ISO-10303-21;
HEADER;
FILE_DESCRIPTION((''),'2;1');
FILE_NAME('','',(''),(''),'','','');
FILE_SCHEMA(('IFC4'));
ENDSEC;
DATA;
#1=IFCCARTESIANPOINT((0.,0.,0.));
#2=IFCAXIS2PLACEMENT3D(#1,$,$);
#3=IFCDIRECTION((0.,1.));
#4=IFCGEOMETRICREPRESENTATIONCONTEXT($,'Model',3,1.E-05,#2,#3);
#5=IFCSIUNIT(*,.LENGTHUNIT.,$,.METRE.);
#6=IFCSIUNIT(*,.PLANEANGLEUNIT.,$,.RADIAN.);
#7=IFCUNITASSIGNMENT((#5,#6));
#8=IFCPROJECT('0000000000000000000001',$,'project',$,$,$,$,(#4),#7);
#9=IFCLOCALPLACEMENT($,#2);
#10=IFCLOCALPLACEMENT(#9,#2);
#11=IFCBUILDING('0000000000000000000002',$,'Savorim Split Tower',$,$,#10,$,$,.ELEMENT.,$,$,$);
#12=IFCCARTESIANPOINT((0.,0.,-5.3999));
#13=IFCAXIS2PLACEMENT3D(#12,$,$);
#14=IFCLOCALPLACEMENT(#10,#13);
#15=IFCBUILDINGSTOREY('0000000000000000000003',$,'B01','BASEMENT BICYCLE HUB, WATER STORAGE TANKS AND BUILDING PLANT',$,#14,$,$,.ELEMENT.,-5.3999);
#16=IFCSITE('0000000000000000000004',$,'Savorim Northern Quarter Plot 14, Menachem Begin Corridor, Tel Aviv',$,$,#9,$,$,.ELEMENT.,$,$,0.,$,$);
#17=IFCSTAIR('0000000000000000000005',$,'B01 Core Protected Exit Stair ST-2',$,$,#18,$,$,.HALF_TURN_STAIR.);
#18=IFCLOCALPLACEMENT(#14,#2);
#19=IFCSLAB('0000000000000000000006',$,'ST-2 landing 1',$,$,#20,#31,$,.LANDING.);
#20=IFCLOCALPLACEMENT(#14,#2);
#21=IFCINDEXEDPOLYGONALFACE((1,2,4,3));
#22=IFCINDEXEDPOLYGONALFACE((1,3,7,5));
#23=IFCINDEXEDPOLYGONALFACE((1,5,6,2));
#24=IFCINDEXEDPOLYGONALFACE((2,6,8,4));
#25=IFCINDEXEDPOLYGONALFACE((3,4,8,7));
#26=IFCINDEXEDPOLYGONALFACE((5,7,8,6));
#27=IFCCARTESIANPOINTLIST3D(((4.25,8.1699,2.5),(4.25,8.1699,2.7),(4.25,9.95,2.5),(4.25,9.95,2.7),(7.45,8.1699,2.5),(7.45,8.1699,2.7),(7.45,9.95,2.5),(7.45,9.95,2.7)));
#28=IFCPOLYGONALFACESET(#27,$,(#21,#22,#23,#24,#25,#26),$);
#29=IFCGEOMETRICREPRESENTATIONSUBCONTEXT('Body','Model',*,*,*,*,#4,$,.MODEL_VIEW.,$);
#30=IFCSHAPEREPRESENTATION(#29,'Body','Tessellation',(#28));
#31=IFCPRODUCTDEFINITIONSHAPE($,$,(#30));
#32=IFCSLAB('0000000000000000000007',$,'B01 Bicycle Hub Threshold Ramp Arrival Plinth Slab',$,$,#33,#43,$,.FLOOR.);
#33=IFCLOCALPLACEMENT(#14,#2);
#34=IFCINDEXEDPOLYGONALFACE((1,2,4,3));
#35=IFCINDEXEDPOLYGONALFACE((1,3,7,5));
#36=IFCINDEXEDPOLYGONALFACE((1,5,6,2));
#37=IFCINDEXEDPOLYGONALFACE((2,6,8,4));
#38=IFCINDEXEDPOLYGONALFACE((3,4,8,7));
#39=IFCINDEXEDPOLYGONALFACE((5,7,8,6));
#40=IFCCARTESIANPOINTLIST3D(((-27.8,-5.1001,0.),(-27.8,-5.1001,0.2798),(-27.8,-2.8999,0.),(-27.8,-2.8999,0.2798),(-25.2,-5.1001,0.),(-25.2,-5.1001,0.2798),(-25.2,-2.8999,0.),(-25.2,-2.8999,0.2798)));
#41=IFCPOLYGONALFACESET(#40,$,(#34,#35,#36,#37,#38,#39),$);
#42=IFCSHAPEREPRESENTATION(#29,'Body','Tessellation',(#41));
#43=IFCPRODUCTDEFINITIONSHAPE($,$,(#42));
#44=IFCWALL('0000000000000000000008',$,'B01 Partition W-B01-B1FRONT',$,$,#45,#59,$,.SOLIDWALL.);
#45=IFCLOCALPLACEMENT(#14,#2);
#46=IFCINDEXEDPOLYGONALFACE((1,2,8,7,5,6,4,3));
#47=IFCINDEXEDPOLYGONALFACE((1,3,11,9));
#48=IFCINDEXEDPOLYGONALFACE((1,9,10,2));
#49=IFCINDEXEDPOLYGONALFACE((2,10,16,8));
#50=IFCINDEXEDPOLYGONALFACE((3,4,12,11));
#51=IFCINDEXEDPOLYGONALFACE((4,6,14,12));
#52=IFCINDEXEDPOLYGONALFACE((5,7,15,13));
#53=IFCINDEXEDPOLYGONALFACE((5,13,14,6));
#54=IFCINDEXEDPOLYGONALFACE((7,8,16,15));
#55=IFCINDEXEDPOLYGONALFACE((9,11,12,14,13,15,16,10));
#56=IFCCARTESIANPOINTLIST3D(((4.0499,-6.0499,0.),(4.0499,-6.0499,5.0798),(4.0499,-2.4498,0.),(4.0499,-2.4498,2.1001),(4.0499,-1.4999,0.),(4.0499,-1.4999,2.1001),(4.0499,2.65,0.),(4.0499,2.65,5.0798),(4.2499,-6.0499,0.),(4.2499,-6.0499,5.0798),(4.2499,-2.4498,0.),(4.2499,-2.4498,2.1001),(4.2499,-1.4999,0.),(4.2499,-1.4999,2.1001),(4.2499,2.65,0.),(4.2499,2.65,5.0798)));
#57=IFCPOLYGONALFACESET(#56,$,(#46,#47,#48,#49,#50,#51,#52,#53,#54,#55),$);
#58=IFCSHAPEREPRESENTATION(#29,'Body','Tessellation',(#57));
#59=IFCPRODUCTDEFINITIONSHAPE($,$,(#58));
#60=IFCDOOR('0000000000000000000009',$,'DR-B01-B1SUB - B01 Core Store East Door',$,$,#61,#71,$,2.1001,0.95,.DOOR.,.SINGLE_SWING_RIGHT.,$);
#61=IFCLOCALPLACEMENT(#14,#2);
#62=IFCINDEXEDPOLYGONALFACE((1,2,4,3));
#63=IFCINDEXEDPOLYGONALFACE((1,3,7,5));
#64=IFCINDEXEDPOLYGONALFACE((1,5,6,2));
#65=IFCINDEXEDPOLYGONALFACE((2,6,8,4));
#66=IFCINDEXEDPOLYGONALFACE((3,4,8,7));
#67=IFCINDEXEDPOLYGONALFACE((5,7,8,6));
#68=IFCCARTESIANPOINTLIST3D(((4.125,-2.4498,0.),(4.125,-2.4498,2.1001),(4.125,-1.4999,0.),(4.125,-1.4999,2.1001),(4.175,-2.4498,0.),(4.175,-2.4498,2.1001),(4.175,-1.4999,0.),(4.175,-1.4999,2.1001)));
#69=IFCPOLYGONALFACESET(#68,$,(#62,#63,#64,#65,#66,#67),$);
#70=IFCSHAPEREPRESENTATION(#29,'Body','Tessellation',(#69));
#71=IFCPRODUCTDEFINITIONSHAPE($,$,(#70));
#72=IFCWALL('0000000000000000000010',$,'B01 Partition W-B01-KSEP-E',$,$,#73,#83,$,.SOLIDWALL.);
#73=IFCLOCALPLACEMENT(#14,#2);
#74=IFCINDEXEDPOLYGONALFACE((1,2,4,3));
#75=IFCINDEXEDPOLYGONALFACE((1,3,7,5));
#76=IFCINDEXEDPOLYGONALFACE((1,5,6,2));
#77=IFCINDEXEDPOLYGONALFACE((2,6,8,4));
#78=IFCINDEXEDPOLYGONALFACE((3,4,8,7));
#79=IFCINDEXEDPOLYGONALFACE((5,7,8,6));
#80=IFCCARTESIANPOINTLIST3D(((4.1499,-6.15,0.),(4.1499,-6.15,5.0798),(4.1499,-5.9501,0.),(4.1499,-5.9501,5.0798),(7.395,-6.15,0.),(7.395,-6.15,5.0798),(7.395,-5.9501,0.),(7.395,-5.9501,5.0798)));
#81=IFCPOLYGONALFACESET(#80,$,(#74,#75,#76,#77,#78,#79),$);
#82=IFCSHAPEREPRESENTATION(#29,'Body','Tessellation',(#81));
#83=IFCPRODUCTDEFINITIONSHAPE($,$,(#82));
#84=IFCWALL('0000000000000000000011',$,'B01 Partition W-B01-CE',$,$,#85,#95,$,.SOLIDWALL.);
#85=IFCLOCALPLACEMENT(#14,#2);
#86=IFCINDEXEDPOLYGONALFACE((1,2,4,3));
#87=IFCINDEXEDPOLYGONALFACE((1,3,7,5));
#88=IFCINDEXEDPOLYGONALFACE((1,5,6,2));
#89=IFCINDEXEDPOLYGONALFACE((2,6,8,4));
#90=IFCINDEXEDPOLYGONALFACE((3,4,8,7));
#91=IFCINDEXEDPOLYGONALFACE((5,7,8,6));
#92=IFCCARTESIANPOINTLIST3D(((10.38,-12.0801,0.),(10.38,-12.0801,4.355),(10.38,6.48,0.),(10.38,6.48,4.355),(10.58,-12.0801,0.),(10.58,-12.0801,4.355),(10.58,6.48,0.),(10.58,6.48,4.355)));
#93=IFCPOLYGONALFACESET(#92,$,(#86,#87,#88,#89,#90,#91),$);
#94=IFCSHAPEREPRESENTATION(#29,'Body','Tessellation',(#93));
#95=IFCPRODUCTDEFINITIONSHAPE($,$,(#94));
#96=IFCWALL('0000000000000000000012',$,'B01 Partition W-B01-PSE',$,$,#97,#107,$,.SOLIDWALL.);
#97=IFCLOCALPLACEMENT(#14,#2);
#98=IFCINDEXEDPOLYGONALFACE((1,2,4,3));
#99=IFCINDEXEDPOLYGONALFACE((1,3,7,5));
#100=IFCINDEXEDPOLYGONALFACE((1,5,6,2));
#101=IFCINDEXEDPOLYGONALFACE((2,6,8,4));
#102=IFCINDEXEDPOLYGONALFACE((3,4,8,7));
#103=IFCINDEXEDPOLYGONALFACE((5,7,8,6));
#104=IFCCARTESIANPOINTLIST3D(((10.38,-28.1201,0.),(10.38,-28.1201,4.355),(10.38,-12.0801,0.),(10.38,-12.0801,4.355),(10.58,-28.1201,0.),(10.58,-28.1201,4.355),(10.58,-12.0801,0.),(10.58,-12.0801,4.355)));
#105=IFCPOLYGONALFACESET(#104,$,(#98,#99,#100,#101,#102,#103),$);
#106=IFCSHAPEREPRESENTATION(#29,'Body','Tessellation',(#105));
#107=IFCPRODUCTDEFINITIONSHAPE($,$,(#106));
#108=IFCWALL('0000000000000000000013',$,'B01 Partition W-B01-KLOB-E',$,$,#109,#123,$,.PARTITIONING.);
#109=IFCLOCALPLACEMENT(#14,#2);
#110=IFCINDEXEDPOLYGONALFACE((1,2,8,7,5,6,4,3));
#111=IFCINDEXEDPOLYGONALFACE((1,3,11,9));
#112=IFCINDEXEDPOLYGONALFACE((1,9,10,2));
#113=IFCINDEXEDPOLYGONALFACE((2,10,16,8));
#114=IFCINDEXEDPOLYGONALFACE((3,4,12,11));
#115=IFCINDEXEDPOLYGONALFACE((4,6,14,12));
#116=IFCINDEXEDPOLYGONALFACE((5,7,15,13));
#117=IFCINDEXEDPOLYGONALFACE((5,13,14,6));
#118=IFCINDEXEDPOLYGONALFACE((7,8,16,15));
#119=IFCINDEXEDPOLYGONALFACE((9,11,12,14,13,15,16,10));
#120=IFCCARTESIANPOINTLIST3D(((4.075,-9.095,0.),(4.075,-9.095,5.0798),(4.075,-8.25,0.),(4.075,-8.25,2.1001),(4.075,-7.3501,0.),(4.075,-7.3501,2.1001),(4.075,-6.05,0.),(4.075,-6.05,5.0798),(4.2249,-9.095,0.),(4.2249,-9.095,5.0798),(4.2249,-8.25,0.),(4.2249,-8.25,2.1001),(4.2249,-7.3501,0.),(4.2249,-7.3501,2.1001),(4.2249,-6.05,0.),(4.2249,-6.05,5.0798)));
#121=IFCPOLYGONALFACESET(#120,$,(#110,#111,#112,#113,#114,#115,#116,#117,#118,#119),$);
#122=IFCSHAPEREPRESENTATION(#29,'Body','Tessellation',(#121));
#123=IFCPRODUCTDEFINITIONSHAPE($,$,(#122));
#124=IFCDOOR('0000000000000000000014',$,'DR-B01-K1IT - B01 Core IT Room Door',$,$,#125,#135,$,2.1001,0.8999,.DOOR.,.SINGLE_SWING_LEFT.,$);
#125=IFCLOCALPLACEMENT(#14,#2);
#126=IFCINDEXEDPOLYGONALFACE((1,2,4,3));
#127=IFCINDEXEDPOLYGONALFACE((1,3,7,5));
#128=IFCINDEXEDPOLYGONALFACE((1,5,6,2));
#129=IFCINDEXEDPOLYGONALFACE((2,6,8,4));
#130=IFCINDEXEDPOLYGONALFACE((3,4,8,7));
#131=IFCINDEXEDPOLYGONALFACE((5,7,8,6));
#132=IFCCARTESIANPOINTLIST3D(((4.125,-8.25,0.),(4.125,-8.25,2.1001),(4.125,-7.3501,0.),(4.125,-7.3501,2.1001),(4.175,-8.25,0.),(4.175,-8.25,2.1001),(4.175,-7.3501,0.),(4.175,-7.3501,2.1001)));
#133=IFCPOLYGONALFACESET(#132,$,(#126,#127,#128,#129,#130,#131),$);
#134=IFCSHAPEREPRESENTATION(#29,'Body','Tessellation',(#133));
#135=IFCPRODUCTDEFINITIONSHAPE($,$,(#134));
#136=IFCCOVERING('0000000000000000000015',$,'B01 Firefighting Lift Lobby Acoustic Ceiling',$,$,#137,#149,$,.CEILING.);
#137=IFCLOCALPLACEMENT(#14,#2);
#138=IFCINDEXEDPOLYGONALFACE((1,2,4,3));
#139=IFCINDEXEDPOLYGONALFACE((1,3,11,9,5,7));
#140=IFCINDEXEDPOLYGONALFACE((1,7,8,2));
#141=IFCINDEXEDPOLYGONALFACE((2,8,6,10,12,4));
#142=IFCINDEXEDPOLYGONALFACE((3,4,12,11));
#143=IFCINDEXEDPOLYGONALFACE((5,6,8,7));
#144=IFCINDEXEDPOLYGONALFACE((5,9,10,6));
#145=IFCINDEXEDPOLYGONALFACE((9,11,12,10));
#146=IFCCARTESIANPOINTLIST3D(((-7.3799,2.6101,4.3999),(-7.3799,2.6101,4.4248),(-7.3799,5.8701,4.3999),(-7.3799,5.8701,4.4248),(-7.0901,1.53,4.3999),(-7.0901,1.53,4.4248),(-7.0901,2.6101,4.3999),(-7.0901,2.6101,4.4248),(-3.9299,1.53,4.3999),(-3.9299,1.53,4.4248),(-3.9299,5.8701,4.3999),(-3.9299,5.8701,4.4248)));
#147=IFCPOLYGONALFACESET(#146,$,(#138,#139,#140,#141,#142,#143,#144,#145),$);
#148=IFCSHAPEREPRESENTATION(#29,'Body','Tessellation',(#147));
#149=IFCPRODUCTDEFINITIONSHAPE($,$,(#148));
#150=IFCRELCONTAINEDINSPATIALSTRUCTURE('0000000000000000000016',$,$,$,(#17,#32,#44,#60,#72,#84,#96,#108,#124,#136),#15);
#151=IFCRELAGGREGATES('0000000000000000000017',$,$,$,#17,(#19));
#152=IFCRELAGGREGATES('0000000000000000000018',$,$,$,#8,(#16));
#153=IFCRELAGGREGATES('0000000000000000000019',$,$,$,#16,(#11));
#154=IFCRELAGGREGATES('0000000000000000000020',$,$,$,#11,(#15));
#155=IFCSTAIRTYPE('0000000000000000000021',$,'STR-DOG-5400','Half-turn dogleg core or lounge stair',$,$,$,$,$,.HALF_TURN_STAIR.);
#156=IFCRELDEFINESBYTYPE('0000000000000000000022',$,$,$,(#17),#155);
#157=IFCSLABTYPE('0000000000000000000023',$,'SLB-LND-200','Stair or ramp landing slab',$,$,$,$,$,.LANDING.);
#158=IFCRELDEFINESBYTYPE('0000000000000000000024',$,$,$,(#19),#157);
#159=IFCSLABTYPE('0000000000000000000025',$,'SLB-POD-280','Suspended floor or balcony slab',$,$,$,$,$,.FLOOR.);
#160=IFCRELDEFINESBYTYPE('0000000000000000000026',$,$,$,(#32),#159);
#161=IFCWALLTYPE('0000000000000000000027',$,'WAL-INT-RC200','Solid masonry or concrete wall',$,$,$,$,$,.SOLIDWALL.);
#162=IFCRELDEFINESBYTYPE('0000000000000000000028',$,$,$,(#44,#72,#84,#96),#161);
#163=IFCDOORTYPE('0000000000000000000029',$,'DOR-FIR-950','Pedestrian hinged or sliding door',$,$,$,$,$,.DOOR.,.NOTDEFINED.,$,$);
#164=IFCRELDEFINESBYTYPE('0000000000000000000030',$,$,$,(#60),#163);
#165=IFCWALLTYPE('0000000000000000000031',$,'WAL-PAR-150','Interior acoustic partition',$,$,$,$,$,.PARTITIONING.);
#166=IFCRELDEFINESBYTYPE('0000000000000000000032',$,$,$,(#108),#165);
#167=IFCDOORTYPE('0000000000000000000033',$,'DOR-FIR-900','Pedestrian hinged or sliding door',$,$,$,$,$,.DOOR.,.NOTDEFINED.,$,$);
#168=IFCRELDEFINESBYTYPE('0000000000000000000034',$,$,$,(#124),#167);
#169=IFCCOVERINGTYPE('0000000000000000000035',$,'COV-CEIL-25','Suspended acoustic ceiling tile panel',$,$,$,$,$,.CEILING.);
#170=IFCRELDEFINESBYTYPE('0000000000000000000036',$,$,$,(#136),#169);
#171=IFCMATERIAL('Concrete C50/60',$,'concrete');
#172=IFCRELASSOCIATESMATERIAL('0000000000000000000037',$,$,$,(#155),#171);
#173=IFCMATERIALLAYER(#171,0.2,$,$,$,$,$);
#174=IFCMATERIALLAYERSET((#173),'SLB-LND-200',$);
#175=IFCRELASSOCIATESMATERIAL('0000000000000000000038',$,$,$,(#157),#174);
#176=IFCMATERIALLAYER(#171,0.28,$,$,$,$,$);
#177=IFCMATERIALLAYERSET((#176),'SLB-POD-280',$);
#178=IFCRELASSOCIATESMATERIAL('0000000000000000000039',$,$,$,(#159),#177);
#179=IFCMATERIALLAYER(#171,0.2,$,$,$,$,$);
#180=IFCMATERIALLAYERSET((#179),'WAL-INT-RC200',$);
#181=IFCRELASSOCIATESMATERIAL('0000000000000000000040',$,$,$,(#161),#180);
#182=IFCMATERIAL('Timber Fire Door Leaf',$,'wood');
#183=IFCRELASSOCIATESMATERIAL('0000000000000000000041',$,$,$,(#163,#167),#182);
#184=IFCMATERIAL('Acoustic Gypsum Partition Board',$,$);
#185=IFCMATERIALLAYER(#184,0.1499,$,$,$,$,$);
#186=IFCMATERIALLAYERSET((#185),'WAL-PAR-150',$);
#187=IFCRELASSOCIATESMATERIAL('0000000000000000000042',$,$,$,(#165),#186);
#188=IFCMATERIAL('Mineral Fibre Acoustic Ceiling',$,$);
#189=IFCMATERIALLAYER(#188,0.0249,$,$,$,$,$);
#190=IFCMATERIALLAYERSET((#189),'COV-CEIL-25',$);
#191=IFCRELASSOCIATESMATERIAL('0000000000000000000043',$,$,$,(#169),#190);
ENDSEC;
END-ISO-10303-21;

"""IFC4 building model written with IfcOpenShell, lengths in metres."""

from ifc_helpers import new_model, si_unit, direction, frame, frame_2d, origin, place, context, subcontext, project, spatial, polyline, rectangle, outline, extrude, material, layer, layer_set, type_object, element, fill, aggregate, save


model = new_model("IFC4")

# Units and contexts
model_context = context("Model", 3, precision=1e-05, world=origin(), true_north=direction((0.0, 1.0)))
body_context = subcontext(model_context, "Body", "Model", "MODEL_VIEW")
ifc_project = project(units=[si_unit("LENGTHUNIT", "METRE"), si_unit("PLANEANGLEUNIT", "RADIAN")], contexts=[model_context])

# Site, building, storey
site_placement = place(None, origin())
site = spatial("IfcSite", under=ifc_project, at=site_placement, Name="Savorim Northern Quarter Plot 14, Menachem Begin Corridor, Tel Aviv", CompositionType="ELEMENT", RefElevation=0.0)
building_placement = place(site_placement, origin())
building = spatial("IfcBuilding", under=site, at=building_placement, Name="Savorim Split Tower", CompositionType="ELEMENT")
storey_placement = place(building_placement, frame((0.0, 0.0, -5.3999)))
storey = spatial("IfcBuildingStorey", under=building, at=storey_placement, Name="B01", Description="BASEMENT BICYCLE HUB, WATER STORAGE TANKS AND BUILDING PLANT", CompositionType="ELEMENT", Elevation=-5.3999)

# Shared definitions
ifc_material_1 = material(Name="Concrete C50/60", Category="concrete")

# Stair, slab
stair_type = type_object("IfcStairType", Name="STR-DOG-5400", Description="Half-turn dogleg core or lounge stair", PredefinedType="HALF_TURN_STAIR", material=ifc_material_1)
ifc_layer_1 = layer(ifc_material_1, 0.2)
ifc_layer_set_1 = layer_set([ifc_layer_1], Name="SLB-LND-200")
slab_type_1 = type_object("IfcSlabType", Name="SLB-LND-200", Description="Stair or ramp landing slab", PredefinedType="LANDING", material=ifc_layer_set_1)
stair_1_placement = place(storey_placement, origin())
stair_1 = element("IfcStair", 1, at=stair_1_placement, inside=storey, type_object=stair_type, Name="B01 Core Protected Exit Stair ST-2", PredefinedType="HALF_TURN_STAIR")
slab_1_placement = place(storey_placement, frame((0.0, 0.0, 2.5)))
slab_1 = element("IfcSlab", 2, at=slab_1_placement, type_object=slab_type_1, Name="ST-2 landing 1", PredefinedType="LANDING", context=body_context, shape_type="SweptSolid", body=[
    extrude(outline(polyline([(7.45, 8.1699), (7.45, 9.95), (4.25, 9.95), (4.25, 8.1699), (7.45, 8.1699)])), origin(), (0.0, 0.0, 1.0), 0.2),
])
aggregate(stair_1, [slab_1])

# Slab
ifc_layer_2 = layer(ifc_material_1, 0.28)
ifc_layer_set_2 = layer_set([ifc_layer_2], Name="SLB-POD-280")
slab_type_2 = type_object("IfcSlabType", Name="SLB-POD-280", Description="Suspended floor or balcony slab", PredefinedType="FLOOR", material=ifc_layer_set_2)
slab_2_placement = place(storey_placement, origin())
element("IfcSlab", 3, at=slab_2_placement, inside=storey, type_object=slab_type_2, Name="B01 Bicycle Hub Threshold Ramp Arrival Plinth Slab", PredefinedType="FLOOR", context=body_context, shape_type="SweptSolid", body=[
    extrude(outline(polyline([(-27.8, -5.1001), (-25.2, -5.1001), (-25.2, -2.8999), (-27.8, -2.8999), (-27.8, -5.1001)])), origin(), (0.0, 0.0, 1.0), 0.2798),
])

# Wall, opening, door
ifc_layer_3 = layer(ifc_material_1, 0.2)
ifc_layer_set_3 = layer_set([ifc_layer_3], Name="WAL-INT-RC200")
wall_type_1 = type_object("IfcWallType", Name="WAL-INT-RC200", Description="Solid masonry or concrete wall", PredefinedType="SOLIDWALL", material=ifc_layer_set_3)
wall_1_placement = place(storey_placement, frame((4.1499, -6.05, 0.0), z_axis=(0.0, 0.0, 1.0), x_axis=(0.0, 1.0, 0.0)))
wall_1 = element("IfcWall", 4, at=wall_1_placement, inside=storey, type_object=wall_type_1, Name="B01 Partition W-B01-B1FRONT", PredefinedType="SOLIDWALL", context=body_context, shape_type="SweptSolid", body=[
    extrude(rectangle(XDim=8.7, YDim=0.2, at=frame_2d((4.3501, 0.0))), origin(), (0.0, 0.0, 1.0), 5.0798),
])
opening_1_placement = place(wall_1_placement, frame((3.6001, 0.0, 0.0)))
opening_1 = element("IfcOpeningElement", 5, at=opening_1_placement, cuts=wall_1, PredefinedType="OPENING", context=body_context, shape_type="SweptSolid", body=[
    extrude(rectangle(XDim=0.95, YDim=2.1001, at=frame_2d((0.4751, 1.05))), frame((0.0, 0.1099, 0.0), z_axis=(0.0, -1.0, 0.0), x_axis=(1.0, 0.0, 0.0)), (0.0, 0.0, 1.0), 0.22),
])
ifc_material_2 = material(Name="Timber Fire Door Leaf", Category="wood")
door_type_1 = type_object("IfcDoorType", Name="DOR-FIR-950", Description="Pedestrian hinged or sliding door", OperationType="NOTDEFINED", PredefinedType="DOOR", material=ifc_material_2)
door_1_placement = place(opening_1_placement, origin())
door_1 = element("IfcDoor", 6, at=door_1_placement, inside=storey, type_object=door_type_1, Name="DR-B01-B1SUB - B01 Core Store East Door", OperationType="SINGLE_SWING_RIGHT", OverallHeight=2.1001, OverallWidth=0.95, PredefinedType="DOOR", context=body_context, shape_type="SweptSolid", body=[
    extrude(rectangle(XDim=0.95, YDim=2.1001, at=frame_2d((0.4751, 1.05))), frame((0.0, 0.0249, 0.0), z_axis=(0.0, -1.0, 0.0), x_axis=(1.0, 0.0, 0.0)), (0.0, 0.0, 1.0), 0.05),
])
fill(opening_1, door_1)

# Walls
wall_2_placement = place(storey_placement, frame((4.1499, -6.05, 0.0), z_axis=(0.0, 0.0, 1.0), x_axis=(1.0, 0.0, 0.0)))
element("IfcWall", 7, at=wall_2_placement, inside=storey, type_object=wall_type_1, Name="B01 Partition W-B01-KSEP-E", PredefinedType="SOLIDWALL", context=body_context, shape_type="SweptSolid", body=[
    extrude(rectangle(XDim=3.2451, YDim=0.2, at=frame_2d((1.6226, 0.0))), origin(), (0.0, 0.0, 1.0), 5.0798),
])
wall_3_placement = place(storey_placement, frame((10.48, -12.0801, 0.0), z_axis=(0.0, 0.0, 1.0), x_axis=(0.0, 1.0, 0.0)))
element("IfcWall", 8, at=wall_3_placement, inside=storey, type_object=wall_type_1, Name="B01 Partition W-B01-CE", PredefinedType="SOLIDWALL", context=body_context, shape_type="SweptSolid", body=[
    extrude(rectangle(XDim=18.5601, YDim=0.2, at=frame_2d((9.28, 0.0))), origin(), (0.0, 0.0, 1.0), 4.355),
])
wall_4_placement = place(storey_placement, frame((10.48, -28.1201, 0.0), z_axis=(0.0, 0.0, 1.0), x_axis=(0.0, 1.0, 0.0)))
element("IfcWall", 9, at=wall_4_placement, inside=storey, type_object=wall_type_1, Name="B01 Partition W-B01-PSE", PredefinedType="SOLIDWALL", context=body_context, shape_type="SweptSolid", body=[
    extrude(rectangle(XDim=16.04, YDim=0.2, at=frame_2d((8.02, 0.0))), origin(), (0.0, 0.0, 1.0), 4.355),
])

# Wall, opening, door
ifc_material_3 = material(Name="Acoustic Gypsum Partition Board")
ifc_layer_4 = layer(ifc_material_3, 0.1499)
ifc_layer_set_4 = layer_set([ifc_layer_4], Name="WAL-PAR-150")
wall_type_2 = type_object("IfcWallType", Name="WAL-PAR-150", Description="Interior acoustic partition", PredefinedType="PARTITIONING", material=ifc_layer_set_4)
wall_5_placement = place(storey_placement, frame((4.1499, -9.095, 0.0), z_axis=(0.0, 0.0, 1.0), x_axis=(0.0, 1.0, 0.0)))
wall_5 = element("IfcWall", 10, at=wall_5_placement, inside=storey, type_object=wall_type_2, Name="B01 Partition W-B01-KLOB-E", PredefinedType="PARTITIONING", context=body_context, shape_type="SweptSolid", body=[
    extrude(rectangle(XDim=3.0449, YDim=0.1499, at=frame_2d((1.5225, 0.0))), origin(), (0.0, 0.0, 1.0), 5.0798),
])
opening_2_placement = place(wall_5_placement, frame((0.845, 0.0, 0.0)))
opening_2 = element("IfcOpeningElement", 11, at=opening_2_placement, cuts=wall_5, PredefinedType="OPENING", context=body_context, shape_type="SweptSolid", body=[
    extrude(rectangle(XDim=0.8999, YDim=2.1001, at=frame_2d((0.45, 1.05))), frame((0.0, 0.085, 0.0), z_axis=(0.0, -1.0, 0.0), x_axis=(1.0, 0.0, 0.0)), (0.0, 0.0, 1.0), 0.1699),
])
door_type_2 = type_object("IfcDoorType", Name="DOR-FIR-900", Description="Pedestrian hinged or sliding door", OperationType="NOTDEFINED", PredefinedType="DOOR", material=ifc_material_2)
door_2_placement = place(opening_2_placement, origin())
door_2 = element("IfcDoor", 12, at=door_2_placement, inside=storey, type_object=door_type_2, Name="DR-B01-K1IT - B01 Core IT Room Door", OperationType="SINGLE_SWING_LEFT", OverallHeight=2.1001, OverallWidth=0.8999, PredefinedType="DOOR", context=body_context, shape_type="SweptSolid", body=[
    extrude(rectangle(XDim=0.8999, YDim=2.1001, at=frame_2d((0.45, 1.05))), frame((0.0, 0.0249, 0.0), z_axis=(0.0, -1.0, 0.0), x_axis=(1.0, 0.0, 0.0)), (0.0, 0.0, 1.0), 0.05),
])
fill(opening_2, door_2)

# Covering
ifc_material_4 = material(Name="Mineral Fibre Acoustic Ceiling")
ifc_layer_5 = layer(ifc_material_4, 0.0249)
ifc_layer_set_5 = layer_set([ifc_layer_5], Name="COV-CEIL-25")
covering_type = type_object("IfcCoveringType", Name="COV-CEIL-25", Description="Suspended acoustic ceiling tile panel", PredefinedType="CEILING", material=ifc_layer_set_5)
covering_placement = place(storey_placement, frame((0.0, 0.0, 4.3999)))
element("IfcCovering", 13, at=covering_placement, inside=storey, type_object=covering_type, Name="B01 Firefighting Lift Lobby Acoustic Ceiling", PredefinedType="CEILING", context=body_context, shape_type="SweptSolid", body=[
    extrude(outline(polyline([(-3.9299, 5.8701), (-7.3799, 5.8701), (-7.3799, 2.6101), (-7.0901, 2.6101), (-7.0901, 1.53), (-3.9299, 1.53), (-3.9299, 5.8701)])), origin(), (0.0, 0.0, 1.0), 0.0249),
])

save(model, "model.ifc")
